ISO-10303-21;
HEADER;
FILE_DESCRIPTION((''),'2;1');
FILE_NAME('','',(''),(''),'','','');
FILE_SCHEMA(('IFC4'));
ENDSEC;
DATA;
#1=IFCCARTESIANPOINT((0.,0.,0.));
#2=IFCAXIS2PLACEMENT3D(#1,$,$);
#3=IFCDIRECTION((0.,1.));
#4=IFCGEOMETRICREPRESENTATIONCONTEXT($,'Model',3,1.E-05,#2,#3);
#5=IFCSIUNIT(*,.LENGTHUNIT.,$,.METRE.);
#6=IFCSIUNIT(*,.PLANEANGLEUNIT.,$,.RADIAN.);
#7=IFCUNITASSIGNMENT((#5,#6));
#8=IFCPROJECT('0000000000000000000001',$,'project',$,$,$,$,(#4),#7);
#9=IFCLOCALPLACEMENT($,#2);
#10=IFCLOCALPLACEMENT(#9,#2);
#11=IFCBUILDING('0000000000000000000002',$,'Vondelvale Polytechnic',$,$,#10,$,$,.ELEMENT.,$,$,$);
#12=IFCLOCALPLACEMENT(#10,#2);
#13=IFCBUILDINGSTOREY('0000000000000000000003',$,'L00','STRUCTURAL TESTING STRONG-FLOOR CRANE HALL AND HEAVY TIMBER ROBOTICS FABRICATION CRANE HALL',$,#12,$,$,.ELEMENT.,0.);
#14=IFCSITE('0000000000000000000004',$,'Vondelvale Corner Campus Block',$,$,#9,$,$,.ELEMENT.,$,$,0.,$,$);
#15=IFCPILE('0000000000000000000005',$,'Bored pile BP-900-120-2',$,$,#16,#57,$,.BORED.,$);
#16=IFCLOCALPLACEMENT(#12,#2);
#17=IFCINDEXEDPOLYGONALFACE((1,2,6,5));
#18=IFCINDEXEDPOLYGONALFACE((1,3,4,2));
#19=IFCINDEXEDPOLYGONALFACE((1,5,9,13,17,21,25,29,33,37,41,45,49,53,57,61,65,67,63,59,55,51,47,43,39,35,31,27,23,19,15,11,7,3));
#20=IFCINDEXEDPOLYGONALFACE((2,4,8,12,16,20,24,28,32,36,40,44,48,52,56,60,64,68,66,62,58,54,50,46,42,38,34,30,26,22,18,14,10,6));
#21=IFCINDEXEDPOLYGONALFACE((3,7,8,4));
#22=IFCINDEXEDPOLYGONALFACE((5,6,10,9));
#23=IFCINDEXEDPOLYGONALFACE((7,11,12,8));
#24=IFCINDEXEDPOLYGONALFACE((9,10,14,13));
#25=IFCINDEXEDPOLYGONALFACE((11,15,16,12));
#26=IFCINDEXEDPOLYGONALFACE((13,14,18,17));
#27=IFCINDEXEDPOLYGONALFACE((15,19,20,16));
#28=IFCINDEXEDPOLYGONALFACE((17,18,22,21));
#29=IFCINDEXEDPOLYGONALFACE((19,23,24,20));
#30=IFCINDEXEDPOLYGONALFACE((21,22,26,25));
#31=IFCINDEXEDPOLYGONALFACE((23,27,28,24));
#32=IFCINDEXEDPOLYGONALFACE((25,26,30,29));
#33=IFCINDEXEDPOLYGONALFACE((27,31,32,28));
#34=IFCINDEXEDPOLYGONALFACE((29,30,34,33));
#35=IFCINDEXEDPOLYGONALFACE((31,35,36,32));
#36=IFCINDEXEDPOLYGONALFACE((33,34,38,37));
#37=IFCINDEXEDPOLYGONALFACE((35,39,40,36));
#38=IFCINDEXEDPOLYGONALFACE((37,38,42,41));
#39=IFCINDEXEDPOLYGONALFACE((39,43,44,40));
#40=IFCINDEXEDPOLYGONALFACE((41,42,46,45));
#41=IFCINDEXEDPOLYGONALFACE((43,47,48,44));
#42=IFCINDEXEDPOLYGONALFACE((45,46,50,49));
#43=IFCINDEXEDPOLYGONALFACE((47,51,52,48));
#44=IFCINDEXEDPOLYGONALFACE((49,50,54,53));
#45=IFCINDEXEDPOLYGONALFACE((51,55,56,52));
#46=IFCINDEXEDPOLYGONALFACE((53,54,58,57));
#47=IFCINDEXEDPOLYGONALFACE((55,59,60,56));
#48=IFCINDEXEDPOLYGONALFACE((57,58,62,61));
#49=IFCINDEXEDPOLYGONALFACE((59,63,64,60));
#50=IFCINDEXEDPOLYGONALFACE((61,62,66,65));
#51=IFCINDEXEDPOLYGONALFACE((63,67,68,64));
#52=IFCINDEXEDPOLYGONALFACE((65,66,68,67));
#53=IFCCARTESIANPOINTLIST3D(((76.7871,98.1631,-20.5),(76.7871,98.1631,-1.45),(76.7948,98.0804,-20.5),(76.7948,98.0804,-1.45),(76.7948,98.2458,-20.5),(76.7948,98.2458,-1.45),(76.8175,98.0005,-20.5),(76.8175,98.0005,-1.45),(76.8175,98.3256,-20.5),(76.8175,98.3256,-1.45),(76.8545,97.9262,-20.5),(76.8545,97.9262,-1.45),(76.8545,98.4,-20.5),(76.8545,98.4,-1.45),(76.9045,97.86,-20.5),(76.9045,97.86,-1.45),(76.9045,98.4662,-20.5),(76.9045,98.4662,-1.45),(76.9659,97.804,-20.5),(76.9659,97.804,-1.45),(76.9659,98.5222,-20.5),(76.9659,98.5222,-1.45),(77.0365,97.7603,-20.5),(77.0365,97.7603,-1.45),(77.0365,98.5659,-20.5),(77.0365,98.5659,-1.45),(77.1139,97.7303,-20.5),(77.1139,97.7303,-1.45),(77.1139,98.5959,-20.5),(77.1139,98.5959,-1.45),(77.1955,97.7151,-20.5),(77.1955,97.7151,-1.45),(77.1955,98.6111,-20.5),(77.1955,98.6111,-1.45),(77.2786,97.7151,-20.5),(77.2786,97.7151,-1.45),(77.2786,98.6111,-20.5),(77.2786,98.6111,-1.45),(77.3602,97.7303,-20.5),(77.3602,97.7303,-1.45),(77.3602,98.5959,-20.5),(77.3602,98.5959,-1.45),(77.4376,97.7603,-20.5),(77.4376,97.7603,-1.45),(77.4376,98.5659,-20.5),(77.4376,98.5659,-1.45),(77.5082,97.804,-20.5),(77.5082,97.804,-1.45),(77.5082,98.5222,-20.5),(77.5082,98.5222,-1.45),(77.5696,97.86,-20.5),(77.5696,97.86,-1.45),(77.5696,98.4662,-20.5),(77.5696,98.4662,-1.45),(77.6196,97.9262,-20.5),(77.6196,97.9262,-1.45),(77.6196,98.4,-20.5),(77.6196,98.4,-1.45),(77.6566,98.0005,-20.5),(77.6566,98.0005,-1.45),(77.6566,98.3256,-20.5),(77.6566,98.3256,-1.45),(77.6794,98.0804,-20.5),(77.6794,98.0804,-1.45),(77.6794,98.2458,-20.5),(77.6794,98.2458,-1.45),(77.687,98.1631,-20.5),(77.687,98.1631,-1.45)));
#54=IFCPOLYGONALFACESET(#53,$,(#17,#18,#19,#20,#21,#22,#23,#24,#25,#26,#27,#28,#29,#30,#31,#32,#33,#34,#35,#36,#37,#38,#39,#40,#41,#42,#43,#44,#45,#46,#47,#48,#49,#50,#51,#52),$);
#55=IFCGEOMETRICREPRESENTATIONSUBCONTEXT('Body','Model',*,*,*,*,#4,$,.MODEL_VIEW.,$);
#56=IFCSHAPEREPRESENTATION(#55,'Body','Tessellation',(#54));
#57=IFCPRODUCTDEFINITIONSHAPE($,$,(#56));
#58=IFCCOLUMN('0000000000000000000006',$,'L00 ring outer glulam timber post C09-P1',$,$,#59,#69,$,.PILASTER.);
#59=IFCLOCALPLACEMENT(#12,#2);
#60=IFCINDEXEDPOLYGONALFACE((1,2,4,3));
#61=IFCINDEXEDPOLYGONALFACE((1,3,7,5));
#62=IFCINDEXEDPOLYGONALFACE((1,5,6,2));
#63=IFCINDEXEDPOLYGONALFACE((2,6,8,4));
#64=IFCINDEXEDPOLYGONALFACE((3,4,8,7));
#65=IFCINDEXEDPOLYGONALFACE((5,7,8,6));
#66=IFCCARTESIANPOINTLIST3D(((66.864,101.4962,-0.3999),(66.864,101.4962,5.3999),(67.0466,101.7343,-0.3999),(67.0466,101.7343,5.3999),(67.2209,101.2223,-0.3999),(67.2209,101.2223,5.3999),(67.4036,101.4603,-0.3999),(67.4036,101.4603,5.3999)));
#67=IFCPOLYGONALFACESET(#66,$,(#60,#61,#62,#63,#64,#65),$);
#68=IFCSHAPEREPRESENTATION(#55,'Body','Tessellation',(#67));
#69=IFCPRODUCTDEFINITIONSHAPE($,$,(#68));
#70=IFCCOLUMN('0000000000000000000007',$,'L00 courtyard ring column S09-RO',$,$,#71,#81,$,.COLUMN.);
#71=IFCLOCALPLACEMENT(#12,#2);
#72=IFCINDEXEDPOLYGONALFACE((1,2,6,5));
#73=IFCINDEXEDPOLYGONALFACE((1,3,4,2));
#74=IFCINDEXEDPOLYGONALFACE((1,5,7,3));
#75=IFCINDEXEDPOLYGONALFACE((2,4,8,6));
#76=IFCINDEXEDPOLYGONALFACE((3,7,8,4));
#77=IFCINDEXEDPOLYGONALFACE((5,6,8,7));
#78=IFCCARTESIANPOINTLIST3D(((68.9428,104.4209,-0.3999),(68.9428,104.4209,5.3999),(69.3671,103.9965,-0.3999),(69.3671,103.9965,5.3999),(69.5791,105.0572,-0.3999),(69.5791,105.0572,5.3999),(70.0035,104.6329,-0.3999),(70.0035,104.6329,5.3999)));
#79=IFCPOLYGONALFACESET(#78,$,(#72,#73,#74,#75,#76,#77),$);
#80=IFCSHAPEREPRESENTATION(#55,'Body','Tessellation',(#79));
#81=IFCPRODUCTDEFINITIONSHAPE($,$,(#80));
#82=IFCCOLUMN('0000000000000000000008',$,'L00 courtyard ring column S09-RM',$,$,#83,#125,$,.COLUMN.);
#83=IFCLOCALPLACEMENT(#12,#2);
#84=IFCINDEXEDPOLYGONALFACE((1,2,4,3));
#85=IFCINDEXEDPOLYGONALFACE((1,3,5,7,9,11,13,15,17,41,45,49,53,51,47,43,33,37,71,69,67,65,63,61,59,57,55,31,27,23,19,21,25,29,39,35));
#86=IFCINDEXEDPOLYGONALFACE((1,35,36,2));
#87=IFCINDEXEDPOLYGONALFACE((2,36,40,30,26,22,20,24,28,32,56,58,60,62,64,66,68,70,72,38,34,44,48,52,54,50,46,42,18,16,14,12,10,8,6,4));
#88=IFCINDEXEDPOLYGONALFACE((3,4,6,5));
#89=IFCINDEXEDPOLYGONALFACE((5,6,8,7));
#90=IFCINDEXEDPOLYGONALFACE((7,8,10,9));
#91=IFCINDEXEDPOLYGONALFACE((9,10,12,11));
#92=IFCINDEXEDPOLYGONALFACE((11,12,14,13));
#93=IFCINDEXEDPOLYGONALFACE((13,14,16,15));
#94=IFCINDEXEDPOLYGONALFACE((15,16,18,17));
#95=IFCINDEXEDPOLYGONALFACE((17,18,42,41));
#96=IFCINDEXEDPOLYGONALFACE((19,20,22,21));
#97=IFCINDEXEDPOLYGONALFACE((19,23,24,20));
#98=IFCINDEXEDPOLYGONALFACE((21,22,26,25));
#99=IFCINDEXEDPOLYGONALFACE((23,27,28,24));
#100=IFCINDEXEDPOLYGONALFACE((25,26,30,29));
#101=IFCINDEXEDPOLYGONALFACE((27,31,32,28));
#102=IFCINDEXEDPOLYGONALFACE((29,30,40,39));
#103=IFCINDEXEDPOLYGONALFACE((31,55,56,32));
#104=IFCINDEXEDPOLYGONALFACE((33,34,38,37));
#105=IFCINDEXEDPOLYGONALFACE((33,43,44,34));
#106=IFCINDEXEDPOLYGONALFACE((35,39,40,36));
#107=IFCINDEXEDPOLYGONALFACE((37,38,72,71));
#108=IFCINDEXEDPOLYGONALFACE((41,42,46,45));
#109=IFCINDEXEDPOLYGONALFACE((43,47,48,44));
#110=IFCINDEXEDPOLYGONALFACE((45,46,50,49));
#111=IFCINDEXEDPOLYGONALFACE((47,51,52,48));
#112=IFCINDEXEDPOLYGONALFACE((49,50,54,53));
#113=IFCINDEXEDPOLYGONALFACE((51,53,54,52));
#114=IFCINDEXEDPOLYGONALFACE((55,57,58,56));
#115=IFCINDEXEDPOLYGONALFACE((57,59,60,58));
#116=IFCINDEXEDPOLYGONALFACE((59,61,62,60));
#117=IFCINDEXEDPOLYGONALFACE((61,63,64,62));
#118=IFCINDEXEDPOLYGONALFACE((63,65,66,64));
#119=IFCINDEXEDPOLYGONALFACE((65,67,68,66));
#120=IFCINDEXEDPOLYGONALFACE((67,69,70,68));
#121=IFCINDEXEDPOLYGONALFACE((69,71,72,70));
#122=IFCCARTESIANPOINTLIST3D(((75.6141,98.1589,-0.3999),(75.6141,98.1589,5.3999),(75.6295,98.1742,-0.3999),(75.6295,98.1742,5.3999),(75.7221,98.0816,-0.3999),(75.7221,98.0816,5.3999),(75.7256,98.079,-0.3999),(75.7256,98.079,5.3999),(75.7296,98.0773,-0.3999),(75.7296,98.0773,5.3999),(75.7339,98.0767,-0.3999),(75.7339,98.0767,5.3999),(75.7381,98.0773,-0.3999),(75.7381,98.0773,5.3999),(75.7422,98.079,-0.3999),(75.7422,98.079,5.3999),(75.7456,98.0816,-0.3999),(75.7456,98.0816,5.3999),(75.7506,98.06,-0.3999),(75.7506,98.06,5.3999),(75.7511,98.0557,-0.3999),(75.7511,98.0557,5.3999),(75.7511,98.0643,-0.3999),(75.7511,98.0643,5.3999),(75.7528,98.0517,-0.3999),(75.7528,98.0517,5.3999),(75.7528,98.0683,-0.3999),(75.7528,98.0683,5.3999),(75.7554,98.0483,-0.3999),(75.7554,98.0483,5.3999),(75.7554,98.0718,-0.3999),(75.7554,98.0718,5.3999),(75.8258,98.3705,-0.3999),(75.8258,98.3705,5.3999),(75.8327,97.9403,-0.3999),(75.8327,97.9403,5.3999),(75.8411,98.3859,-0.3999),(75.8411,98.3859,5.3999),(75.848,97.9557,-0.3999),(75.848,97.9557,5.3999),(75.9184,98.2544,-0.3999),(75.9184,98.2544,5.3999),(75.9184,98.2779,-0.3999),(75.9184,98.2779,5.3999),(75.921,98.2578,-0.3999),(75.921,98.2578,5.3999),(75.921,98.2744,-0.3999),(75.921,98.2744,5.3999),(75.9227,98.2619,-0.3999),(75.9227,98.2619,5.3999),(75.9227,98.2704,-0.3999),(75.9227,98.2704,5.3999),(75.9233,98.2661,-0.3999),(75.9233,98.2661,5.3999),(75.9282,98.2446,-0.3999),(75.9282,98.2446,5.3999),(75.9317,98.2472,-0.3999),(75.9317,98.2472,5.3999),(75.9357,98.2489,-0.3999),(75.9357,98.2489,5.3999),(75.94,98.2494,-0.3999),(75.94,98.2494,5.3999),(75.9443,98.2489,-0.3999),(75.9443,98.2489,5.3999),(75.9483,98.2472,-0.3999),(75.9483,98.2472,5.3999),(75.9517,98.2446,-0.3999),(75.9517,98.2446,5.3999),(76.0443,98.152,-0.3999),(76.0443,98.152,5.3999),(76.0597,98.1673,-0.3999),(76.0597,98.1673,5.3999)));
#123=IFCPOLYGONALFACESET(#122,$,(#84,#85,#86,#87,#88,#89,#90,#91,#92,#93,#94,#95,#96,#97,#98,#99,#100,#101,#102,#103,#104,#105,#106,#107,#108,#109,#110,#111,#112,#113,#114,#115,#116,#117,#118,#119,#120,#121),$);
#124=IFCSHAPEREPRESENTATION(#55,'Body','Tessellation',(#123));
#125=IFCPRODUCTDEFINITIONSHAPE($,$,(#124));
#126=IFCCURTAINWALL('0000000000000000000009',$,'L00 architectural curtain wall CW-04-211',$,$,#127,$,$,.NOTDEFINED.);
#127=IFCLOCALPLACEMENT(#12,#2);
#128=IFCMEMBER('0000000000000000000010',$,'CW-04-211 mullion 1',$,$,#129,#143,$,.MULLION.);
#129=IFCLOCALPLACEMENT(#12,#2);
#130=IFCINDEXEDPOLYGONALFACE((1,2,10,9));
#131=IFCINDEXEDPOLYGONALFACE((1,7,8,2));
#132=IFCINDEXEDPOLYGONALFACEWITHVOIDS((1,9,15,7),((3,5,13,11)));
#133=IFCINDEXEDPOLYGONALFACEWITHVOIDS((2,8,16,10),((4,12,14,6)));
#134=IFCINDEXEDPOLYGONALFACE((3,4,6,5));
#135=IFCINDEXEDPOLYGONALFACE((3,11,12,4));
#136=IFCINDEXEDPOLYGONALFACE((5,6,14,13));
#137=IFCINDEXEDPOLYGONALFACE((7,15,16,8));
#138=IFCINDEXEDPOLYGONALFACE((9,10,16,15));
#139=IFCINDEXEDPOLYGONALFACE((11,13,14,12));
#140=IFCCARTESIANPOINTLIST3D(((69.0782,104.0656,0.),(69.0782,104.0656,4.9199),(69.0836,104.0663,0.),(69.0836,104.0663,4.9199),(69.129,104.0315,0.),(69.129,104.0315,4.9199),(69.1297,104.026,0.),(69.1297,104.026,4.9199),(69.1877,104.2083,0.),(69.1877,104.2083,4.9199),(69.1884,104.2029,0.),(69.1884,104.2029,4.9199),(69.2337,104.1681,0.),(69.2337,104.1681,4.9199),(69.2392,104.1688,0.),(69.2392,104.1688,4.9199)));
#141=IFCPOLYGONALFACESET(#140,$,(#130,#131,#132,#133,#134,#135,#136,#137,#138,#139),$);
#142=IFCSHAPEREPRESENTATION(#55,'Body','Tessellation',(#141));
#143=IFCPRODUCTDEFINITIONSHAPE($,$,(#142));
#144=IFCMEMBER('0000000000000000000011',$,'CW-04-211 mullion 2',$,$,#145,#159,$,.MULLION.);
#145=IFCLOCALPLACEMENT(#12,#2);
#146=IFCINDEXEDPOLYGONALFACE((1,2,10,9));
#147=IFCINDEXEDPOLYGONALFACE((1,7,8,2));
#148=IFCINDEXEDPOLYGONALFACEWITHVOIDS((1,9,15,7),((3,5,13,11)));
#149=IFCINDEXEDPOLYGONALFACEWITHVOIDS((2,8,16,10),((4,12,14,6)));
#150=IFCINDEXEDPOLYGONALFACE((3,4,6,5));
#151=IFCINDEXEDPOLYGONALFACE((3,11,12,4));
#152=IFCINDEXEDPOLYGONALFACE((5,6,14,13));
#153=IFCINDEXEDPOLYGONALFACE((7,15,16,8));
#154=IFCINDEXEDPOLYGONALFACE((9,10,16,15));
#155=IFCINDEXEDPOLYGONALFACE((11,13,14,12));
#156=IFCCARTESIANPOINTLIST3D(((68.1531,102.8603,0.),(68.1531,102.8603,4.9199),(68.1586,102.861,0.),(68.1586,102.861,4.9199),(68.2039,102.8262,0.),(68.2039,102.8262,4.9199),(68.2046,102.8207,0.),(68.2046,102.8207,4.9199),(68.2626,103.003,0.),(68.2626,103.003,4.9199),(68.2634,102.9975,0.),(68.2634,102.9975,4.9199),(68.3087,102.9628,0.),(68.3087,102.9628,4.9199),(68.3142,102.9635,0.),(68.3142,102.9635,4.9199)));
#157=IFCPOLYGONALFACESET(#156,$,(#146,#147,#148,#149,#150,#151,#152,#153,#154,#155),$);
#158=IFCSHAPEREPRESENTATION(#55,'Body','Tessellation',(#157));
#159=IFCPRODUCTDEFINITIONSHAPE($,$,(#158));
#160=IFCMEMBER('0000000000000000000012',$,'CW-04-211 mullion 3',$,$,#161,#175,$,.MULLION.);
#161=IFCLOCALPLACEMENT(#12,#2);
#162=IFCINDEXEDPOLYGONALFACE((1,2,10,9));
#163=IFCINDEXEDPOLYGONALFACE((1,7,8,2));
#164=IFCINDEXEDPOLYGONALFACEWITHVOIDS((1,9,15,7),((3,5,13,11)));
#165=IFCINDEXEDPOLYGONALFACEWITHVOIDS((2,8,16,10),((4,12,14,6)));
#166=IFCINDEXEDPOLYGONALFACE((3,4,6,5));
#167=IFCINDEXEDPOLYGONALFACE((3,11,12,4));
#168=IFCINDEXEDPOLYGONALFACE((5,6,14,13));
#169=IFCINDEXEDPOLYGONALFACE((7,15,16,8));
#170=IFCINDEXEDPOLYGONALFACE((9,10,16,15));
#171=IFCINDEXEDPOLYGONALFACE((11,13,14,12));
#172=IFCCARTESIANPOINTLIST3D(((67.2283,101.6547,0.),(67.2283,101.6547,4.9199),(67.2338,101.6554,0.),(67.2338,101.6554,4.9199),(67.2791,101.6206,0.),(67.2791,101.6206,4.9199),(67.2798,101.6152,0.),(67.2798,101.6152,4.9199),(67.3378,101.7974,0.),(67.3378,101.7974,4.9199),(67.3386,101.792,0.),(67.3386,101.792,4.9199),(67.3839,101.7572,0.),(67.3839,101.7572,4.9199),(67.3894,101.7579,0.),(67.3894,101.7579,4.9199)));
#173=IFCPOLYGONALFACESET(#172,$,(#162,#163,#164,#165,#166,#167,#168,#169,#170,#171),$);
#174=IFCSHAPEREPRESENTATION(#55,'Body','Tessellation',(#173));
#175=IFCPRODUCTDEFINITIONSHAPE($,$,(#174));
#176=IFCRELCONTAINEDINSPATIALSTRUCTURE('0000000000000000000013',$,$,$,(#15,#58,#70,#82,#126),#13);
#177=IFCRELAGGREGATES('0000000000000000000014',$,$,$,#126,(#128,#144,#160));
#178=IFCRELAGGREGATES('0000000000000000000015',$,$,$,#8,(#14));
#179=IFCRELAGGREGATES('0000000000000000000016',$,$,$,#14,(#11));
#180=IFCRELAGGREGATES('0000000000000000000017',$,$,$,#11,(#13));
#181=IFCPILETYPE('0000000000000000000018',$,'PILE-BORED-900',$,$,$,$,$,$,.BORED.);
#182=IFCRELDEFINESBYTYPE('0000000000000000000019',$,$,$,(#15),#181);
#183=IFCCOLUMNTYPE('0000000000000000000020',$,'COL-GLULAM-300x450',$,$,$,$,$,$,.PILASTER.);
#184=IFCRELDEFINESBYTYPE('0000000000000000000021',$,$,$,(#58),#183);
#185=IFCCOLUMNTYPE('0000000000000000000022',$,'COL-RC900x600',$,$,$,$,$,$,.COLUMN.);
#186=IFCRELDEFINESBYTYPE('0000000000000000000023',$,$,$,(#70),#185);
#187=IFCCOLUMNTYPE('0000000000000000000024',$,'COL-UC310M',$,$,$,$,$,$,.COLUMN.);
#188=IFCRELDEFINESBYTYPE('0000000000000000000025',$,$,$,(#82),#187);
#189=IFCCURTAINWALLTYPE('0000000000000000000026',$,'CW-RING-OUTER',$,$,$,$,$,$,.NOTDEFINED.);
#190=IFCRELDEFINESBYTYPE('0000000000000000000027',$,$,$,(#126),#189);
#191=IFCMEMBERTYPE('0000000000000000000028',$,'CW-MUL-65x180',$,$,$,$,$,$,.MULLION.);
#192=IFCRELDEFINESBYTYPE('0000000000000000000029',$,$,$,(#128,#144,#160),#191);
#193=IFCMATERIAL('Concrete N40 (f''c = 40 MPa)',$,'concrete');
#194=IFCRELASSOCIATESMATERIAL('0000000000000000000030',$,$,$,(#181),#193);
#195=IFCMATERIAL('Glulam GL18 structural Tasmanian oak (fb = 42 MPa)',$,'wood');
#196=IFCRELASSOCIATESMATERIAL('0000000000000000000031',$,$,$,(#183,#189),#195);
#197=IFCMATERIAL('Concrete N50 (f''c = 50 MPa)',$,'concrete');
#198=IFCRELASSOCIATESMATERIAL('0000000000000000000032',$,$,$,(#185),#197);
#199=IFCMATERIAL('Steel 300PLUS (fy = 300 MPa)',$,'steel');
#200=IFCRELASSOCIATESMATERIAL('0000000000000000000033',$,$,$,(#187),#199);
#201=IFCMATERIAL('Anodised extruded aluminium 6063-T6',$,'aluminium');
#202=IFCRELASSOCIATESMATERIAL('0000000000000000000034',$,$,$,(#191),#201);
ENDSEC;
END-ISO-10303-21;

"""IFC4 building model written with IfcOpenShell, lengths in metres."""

from ifc_helpers import new_model, si_unit, direction, frame, origin, origin_2d, place, context, subcontext, project, spatial, rectangle, hollow_rectangle, circle, i_section, extrude, material, material_profile, profile_set, type_object, element, aggregate, save


model = new_model("IFC4")

# Units and contexts
model_context = context("Model", 3, precision=1e-05, world=origin(), true_north=direction((0.0, 1.0)))
body_context = subcontext(model_context, "Body", "Model", "MODEL_VIEW")
ifc_project = project(units=[si_unit("LENGTHUNIT", "METRE"), si_unit("PLANEANGLEUNIT", "RADIAN")], contexts=[model_context])

# Site, building, storey
site_placement = place(None, origin())
site = spatial("IfcSite", under=ifc_project, at=site_placement, Name="Vondelvale Corner Campus Block", CompositionType="ELEMENT", RefElevation=0.0)
building_placement = place(site_placement, origin())
building = spatial("IfcBuilding", under=site, at=building_placement, Name="Vondelvale Polytechnic", CompositionType="ELEMENT")
storey_placement = place(building_placement, origin())
storey = spatial("IfcBuildingStorey", under=building, at=storey_placement, Name="L00", Description="STRUCTURAL TESTING STRONG-FLOOR CRANE HALL AND HEAVY TIMBER ROBOTICS FABRICATION CRANE HALL", CompositionType="ELEMENT", Elevation=0.0)

# Shared definitions
ifc_material_1 = material(Name="Concrete N40 (f'c = 40 MPa)", Category="concrete")

# Pile
ifc_material_profile_1 = material_profile(ifc_material_1, circle(Radius=0.45, at=origin_2d()), Name="PILE-D900")
ifc_profile_set_1 = profile_set([ifc_material_profile_1], Name="Concrete N40 (f'c = 40 MPa)")
pile_type_1 = type_object("IfcPileType", Name="PILE-BORED-900", PredefinedType="BORED", material=ifc_profile_set_1)
for number, where, z_axis, x_axis, name in (
    (1, (77.2371, 98.1631, -1.45), (0.0, 0.0, -1.0), (1.0, 0.0, 0.0), "Bored pile BP-900-120-2"),
):
    element("IfcPile", number, at=place(storey_placement, frame(where, z_axis=z_axis, x_axis=x_axis)), inside=storey, type_object=pile_type_1, Name=name, PredefinedType="BORED", context=body_context, shape_type="SweptSolid", body=[
        extrude(circle(Radius=0.45, at=origin_2d()), origin(), (0.0, 0.0, 1.0), 19.05),
    ])

# Columns
ifc_material_2 = material(Name="Glulam GL18 structural Tasmanian oak (fb = 42 MPa)", Category="wood")
ifc_material_profile_2 = material_profile(ifc_material_2, rectangle(XDim=0.3, YDim=0.45, at=origin_2d()), Name="GL-POST-300x450")
ifc_profile_set_2 = profile_set([ifc_material_profile_2], Name="Glulam GL18 structural Tasmanian oak (fb = 42 MPa)")
column_type_1 = type_object("IfcColumnType", Name="COL-GLULAM-300x450", PredefinedType="PILASTER", material=ifc_profile_set_2)
column_1_placement = place(storey_placement, frame((67.1338, 101.4783, -0.3999), z_axis=(0.0, 0.0, 1.0), x_axis=(0.608761, 0.793353, 0.0)))
element("IfcColumn", 2, at=column_1_placement, inside=storey, type_object=column_type_1, Name="L00 ring outer glulam timber post C09-P1", PredefinedType="PILASTER", context=body_context, shape_type="SweptSolid", body=[
    extrude(rectangle(XDim=0.3, YDim=0.45, at=origin_2d()), origin(), (0.0, 0.0, 1.0), 5.7998),
])
ifc_material_3 = material(Name="Concrete N50 (f'c = 50 MPa)", Category="concrete")
ifc_material_profile_3 = material_profile(ifc_material_3, rectangle(XDim=0.6001, YDim=0.8999, at=origin_2d()), Name="RC-COL-900x600")
ifc_profile_set_3 = profile_set([ifc_material_profile_3], Name="Concrete N50 (f'c = 50 MPa)")
column_type_2 = type_object("IfcColumnType", Name="COL-RC900x600", PredefinedType="COLUMN", material=ifc_profile_set_3)
column_2_placement = place(storey_placement, frame((69.4731, 104.5269, -0.3999), z_axis=(0.0, 0.0, 1.0), x_axis=(-0.707107, 0.707107, 0.0)))
element("IfcColumn", 3, at=column_2_placement, inside=storey, type_object=column_type_2, Name="L00 courtyard ring column S09-RO", PredefinedType="COLUMN", context=body_context, shape_type="SweptSolid", body=[
    extrude(rectangle(XDim=0.6001, YDim=0.8999, at=origin_2d()), origin(), (0.0, 0.0, 1.0), 5.7998),
])
ifc_material_4 = material(Name="Steel 300PLUS (fy = 300 MPa)", Category="steel")
ifc_material_profile_4 = material_profile(ifc_material_4, i_section(OverallWidth=0.3091, OverallDepth=0.321, WebThickness=0.0139, FlangeThickness=0.0217, FilletRadius=0.0166, at=origin_2d()), Name="310UC137")
ifc_profile_set_4 = profile_set([ifc_material_profile_4], Name="Steel 300PLUS (fy = 300 MPa)")
column_type_3 = type_object("IfcColumnType", Name="COL-UC310M", PredefinedType="COLUMN", material=ifc_profile_set_4)
column_3_placement = place(storey_placement, frame((75.8369, 98.1631, -0.3999), z_axis=(0.0, 0.0, 1.0), x_axis=(-0.707107, 0.707107, 0.0)))
element("IfcColumn", 4, at=column_3_placement, inside=storey, type_object=column_type_3, Name="L00 courtyard ring column S09-RM", PredefinedType="COLUMN", context=body_context, shape_type="SweptSolid", body=[
    extrude(i_section(OverallWidth=0.3091, OverallDepth=0.321, WebThickness=0.0139, FlangeThickness=0.0217, FilletRadius=0.0166, at=origin_2d()), origin(), (0.0, 0.0, 1.0), 5.7998),
])

# Curtain wall, members
curtain_wall_type = type_object("IfcCurtainWallType", Name="CW-RING-OUTER", PredefinedType="NOTDEFINED", material=ifc_material_2)
curtain_wall_placement = place(storey_placement, origin())
curtain_wall = element("IfcCurtainWall", 5, at=curtain_wall_placement, inside=storey, type_object=curtain_wall_type, Name="L00 architectural curtain wall CW-04-211", PredefinedType="NOTDEFINED")
ifc_material_5 = material(Name="Anodised extruded aluminium 6063-T6", Category="aluminium")
ifc_material_profile_5 = material_profile(ifc_material_5, hollow_rectangle(XDim=0.0649, YDim=0.1799, WallThickness=0.0039, at=origin_2d()), Name="CW-MUL-180x65")
ifc_profile_set_5 = profile_set([ifc_material_profile_5], Name="Anodised extruded aluminium 6063-T6")
member_type_1 = type_object("IfcMemberType", Name="CW-MUL-65x180", PredefinedType="MULLION", material=ifc_profile_set_5)
member_1_placement = place(storey_placement, frame((69.1587, 104.1172, 0.0), z_axis=(0.0, 0.0, 1.0), x_axis=(0.793352, -0.608764, 0.0)))
member_1 = element("IfcMember", 6, at=member_1_placement, type_object=member_type_1, Name="CW-04-211 mullion 1", PredefinedType="MULLION", context=body_context, shape_type="SweptSolid", body=[
    extrude(hollow_rectangle(XDim=0.0649, YDim=0.1799, WallThickness=0.0039, at=origin_2d()), origin(), (0.0, 0.0, 1.0), 4.9199),
])
member_2_placement = place(storey_placement, frame((68.2336, 102.9119, 0.0), z_axis=(0.0, 0.0, 1.0), x_axis=(0.793352, -0.608764, 0.0)))
member_2 = element("IfcMember", 7, at=member_2_placement, type_object=member_type_1, Name="CW-04-211 mullion 2", PredefinedType="MULLION", context=body_context, shape_type="SweptSolid", body=[
    extrude(hollow_rectangle(XDim=0.0649, YDim=0.1799, WallThickness=0.0039, at=origin_2d()), origin(), (0.0, 0.0, 1.0), 4.9199),
])
member_3_placement = place(storey_placement, frame((67.3088, 101.7063, 0.0), z_axis=(0.0, 0.0, 1.0), x_axis=(0.793352, -0.608764, 0.0)))
member_3 = element("IfcMember", 8, at=member_3_placement, type_object=member_type_1, Name="CW-04-211 mullion 3", PredefinedType="MULLION", context=body_context, shape_type="SweptSolid", body=[
    extrude(hollow_rectangle(XDim=0.0649, YDim=0.1799, WallThickness=0.0039, at=origin_2d()), origin(), (0.0, 0.0, 1.0), 4.9199),
])
aggregate(curtain_wall, [member_1, member_2, member_3])

save(model, "model.ifc")
